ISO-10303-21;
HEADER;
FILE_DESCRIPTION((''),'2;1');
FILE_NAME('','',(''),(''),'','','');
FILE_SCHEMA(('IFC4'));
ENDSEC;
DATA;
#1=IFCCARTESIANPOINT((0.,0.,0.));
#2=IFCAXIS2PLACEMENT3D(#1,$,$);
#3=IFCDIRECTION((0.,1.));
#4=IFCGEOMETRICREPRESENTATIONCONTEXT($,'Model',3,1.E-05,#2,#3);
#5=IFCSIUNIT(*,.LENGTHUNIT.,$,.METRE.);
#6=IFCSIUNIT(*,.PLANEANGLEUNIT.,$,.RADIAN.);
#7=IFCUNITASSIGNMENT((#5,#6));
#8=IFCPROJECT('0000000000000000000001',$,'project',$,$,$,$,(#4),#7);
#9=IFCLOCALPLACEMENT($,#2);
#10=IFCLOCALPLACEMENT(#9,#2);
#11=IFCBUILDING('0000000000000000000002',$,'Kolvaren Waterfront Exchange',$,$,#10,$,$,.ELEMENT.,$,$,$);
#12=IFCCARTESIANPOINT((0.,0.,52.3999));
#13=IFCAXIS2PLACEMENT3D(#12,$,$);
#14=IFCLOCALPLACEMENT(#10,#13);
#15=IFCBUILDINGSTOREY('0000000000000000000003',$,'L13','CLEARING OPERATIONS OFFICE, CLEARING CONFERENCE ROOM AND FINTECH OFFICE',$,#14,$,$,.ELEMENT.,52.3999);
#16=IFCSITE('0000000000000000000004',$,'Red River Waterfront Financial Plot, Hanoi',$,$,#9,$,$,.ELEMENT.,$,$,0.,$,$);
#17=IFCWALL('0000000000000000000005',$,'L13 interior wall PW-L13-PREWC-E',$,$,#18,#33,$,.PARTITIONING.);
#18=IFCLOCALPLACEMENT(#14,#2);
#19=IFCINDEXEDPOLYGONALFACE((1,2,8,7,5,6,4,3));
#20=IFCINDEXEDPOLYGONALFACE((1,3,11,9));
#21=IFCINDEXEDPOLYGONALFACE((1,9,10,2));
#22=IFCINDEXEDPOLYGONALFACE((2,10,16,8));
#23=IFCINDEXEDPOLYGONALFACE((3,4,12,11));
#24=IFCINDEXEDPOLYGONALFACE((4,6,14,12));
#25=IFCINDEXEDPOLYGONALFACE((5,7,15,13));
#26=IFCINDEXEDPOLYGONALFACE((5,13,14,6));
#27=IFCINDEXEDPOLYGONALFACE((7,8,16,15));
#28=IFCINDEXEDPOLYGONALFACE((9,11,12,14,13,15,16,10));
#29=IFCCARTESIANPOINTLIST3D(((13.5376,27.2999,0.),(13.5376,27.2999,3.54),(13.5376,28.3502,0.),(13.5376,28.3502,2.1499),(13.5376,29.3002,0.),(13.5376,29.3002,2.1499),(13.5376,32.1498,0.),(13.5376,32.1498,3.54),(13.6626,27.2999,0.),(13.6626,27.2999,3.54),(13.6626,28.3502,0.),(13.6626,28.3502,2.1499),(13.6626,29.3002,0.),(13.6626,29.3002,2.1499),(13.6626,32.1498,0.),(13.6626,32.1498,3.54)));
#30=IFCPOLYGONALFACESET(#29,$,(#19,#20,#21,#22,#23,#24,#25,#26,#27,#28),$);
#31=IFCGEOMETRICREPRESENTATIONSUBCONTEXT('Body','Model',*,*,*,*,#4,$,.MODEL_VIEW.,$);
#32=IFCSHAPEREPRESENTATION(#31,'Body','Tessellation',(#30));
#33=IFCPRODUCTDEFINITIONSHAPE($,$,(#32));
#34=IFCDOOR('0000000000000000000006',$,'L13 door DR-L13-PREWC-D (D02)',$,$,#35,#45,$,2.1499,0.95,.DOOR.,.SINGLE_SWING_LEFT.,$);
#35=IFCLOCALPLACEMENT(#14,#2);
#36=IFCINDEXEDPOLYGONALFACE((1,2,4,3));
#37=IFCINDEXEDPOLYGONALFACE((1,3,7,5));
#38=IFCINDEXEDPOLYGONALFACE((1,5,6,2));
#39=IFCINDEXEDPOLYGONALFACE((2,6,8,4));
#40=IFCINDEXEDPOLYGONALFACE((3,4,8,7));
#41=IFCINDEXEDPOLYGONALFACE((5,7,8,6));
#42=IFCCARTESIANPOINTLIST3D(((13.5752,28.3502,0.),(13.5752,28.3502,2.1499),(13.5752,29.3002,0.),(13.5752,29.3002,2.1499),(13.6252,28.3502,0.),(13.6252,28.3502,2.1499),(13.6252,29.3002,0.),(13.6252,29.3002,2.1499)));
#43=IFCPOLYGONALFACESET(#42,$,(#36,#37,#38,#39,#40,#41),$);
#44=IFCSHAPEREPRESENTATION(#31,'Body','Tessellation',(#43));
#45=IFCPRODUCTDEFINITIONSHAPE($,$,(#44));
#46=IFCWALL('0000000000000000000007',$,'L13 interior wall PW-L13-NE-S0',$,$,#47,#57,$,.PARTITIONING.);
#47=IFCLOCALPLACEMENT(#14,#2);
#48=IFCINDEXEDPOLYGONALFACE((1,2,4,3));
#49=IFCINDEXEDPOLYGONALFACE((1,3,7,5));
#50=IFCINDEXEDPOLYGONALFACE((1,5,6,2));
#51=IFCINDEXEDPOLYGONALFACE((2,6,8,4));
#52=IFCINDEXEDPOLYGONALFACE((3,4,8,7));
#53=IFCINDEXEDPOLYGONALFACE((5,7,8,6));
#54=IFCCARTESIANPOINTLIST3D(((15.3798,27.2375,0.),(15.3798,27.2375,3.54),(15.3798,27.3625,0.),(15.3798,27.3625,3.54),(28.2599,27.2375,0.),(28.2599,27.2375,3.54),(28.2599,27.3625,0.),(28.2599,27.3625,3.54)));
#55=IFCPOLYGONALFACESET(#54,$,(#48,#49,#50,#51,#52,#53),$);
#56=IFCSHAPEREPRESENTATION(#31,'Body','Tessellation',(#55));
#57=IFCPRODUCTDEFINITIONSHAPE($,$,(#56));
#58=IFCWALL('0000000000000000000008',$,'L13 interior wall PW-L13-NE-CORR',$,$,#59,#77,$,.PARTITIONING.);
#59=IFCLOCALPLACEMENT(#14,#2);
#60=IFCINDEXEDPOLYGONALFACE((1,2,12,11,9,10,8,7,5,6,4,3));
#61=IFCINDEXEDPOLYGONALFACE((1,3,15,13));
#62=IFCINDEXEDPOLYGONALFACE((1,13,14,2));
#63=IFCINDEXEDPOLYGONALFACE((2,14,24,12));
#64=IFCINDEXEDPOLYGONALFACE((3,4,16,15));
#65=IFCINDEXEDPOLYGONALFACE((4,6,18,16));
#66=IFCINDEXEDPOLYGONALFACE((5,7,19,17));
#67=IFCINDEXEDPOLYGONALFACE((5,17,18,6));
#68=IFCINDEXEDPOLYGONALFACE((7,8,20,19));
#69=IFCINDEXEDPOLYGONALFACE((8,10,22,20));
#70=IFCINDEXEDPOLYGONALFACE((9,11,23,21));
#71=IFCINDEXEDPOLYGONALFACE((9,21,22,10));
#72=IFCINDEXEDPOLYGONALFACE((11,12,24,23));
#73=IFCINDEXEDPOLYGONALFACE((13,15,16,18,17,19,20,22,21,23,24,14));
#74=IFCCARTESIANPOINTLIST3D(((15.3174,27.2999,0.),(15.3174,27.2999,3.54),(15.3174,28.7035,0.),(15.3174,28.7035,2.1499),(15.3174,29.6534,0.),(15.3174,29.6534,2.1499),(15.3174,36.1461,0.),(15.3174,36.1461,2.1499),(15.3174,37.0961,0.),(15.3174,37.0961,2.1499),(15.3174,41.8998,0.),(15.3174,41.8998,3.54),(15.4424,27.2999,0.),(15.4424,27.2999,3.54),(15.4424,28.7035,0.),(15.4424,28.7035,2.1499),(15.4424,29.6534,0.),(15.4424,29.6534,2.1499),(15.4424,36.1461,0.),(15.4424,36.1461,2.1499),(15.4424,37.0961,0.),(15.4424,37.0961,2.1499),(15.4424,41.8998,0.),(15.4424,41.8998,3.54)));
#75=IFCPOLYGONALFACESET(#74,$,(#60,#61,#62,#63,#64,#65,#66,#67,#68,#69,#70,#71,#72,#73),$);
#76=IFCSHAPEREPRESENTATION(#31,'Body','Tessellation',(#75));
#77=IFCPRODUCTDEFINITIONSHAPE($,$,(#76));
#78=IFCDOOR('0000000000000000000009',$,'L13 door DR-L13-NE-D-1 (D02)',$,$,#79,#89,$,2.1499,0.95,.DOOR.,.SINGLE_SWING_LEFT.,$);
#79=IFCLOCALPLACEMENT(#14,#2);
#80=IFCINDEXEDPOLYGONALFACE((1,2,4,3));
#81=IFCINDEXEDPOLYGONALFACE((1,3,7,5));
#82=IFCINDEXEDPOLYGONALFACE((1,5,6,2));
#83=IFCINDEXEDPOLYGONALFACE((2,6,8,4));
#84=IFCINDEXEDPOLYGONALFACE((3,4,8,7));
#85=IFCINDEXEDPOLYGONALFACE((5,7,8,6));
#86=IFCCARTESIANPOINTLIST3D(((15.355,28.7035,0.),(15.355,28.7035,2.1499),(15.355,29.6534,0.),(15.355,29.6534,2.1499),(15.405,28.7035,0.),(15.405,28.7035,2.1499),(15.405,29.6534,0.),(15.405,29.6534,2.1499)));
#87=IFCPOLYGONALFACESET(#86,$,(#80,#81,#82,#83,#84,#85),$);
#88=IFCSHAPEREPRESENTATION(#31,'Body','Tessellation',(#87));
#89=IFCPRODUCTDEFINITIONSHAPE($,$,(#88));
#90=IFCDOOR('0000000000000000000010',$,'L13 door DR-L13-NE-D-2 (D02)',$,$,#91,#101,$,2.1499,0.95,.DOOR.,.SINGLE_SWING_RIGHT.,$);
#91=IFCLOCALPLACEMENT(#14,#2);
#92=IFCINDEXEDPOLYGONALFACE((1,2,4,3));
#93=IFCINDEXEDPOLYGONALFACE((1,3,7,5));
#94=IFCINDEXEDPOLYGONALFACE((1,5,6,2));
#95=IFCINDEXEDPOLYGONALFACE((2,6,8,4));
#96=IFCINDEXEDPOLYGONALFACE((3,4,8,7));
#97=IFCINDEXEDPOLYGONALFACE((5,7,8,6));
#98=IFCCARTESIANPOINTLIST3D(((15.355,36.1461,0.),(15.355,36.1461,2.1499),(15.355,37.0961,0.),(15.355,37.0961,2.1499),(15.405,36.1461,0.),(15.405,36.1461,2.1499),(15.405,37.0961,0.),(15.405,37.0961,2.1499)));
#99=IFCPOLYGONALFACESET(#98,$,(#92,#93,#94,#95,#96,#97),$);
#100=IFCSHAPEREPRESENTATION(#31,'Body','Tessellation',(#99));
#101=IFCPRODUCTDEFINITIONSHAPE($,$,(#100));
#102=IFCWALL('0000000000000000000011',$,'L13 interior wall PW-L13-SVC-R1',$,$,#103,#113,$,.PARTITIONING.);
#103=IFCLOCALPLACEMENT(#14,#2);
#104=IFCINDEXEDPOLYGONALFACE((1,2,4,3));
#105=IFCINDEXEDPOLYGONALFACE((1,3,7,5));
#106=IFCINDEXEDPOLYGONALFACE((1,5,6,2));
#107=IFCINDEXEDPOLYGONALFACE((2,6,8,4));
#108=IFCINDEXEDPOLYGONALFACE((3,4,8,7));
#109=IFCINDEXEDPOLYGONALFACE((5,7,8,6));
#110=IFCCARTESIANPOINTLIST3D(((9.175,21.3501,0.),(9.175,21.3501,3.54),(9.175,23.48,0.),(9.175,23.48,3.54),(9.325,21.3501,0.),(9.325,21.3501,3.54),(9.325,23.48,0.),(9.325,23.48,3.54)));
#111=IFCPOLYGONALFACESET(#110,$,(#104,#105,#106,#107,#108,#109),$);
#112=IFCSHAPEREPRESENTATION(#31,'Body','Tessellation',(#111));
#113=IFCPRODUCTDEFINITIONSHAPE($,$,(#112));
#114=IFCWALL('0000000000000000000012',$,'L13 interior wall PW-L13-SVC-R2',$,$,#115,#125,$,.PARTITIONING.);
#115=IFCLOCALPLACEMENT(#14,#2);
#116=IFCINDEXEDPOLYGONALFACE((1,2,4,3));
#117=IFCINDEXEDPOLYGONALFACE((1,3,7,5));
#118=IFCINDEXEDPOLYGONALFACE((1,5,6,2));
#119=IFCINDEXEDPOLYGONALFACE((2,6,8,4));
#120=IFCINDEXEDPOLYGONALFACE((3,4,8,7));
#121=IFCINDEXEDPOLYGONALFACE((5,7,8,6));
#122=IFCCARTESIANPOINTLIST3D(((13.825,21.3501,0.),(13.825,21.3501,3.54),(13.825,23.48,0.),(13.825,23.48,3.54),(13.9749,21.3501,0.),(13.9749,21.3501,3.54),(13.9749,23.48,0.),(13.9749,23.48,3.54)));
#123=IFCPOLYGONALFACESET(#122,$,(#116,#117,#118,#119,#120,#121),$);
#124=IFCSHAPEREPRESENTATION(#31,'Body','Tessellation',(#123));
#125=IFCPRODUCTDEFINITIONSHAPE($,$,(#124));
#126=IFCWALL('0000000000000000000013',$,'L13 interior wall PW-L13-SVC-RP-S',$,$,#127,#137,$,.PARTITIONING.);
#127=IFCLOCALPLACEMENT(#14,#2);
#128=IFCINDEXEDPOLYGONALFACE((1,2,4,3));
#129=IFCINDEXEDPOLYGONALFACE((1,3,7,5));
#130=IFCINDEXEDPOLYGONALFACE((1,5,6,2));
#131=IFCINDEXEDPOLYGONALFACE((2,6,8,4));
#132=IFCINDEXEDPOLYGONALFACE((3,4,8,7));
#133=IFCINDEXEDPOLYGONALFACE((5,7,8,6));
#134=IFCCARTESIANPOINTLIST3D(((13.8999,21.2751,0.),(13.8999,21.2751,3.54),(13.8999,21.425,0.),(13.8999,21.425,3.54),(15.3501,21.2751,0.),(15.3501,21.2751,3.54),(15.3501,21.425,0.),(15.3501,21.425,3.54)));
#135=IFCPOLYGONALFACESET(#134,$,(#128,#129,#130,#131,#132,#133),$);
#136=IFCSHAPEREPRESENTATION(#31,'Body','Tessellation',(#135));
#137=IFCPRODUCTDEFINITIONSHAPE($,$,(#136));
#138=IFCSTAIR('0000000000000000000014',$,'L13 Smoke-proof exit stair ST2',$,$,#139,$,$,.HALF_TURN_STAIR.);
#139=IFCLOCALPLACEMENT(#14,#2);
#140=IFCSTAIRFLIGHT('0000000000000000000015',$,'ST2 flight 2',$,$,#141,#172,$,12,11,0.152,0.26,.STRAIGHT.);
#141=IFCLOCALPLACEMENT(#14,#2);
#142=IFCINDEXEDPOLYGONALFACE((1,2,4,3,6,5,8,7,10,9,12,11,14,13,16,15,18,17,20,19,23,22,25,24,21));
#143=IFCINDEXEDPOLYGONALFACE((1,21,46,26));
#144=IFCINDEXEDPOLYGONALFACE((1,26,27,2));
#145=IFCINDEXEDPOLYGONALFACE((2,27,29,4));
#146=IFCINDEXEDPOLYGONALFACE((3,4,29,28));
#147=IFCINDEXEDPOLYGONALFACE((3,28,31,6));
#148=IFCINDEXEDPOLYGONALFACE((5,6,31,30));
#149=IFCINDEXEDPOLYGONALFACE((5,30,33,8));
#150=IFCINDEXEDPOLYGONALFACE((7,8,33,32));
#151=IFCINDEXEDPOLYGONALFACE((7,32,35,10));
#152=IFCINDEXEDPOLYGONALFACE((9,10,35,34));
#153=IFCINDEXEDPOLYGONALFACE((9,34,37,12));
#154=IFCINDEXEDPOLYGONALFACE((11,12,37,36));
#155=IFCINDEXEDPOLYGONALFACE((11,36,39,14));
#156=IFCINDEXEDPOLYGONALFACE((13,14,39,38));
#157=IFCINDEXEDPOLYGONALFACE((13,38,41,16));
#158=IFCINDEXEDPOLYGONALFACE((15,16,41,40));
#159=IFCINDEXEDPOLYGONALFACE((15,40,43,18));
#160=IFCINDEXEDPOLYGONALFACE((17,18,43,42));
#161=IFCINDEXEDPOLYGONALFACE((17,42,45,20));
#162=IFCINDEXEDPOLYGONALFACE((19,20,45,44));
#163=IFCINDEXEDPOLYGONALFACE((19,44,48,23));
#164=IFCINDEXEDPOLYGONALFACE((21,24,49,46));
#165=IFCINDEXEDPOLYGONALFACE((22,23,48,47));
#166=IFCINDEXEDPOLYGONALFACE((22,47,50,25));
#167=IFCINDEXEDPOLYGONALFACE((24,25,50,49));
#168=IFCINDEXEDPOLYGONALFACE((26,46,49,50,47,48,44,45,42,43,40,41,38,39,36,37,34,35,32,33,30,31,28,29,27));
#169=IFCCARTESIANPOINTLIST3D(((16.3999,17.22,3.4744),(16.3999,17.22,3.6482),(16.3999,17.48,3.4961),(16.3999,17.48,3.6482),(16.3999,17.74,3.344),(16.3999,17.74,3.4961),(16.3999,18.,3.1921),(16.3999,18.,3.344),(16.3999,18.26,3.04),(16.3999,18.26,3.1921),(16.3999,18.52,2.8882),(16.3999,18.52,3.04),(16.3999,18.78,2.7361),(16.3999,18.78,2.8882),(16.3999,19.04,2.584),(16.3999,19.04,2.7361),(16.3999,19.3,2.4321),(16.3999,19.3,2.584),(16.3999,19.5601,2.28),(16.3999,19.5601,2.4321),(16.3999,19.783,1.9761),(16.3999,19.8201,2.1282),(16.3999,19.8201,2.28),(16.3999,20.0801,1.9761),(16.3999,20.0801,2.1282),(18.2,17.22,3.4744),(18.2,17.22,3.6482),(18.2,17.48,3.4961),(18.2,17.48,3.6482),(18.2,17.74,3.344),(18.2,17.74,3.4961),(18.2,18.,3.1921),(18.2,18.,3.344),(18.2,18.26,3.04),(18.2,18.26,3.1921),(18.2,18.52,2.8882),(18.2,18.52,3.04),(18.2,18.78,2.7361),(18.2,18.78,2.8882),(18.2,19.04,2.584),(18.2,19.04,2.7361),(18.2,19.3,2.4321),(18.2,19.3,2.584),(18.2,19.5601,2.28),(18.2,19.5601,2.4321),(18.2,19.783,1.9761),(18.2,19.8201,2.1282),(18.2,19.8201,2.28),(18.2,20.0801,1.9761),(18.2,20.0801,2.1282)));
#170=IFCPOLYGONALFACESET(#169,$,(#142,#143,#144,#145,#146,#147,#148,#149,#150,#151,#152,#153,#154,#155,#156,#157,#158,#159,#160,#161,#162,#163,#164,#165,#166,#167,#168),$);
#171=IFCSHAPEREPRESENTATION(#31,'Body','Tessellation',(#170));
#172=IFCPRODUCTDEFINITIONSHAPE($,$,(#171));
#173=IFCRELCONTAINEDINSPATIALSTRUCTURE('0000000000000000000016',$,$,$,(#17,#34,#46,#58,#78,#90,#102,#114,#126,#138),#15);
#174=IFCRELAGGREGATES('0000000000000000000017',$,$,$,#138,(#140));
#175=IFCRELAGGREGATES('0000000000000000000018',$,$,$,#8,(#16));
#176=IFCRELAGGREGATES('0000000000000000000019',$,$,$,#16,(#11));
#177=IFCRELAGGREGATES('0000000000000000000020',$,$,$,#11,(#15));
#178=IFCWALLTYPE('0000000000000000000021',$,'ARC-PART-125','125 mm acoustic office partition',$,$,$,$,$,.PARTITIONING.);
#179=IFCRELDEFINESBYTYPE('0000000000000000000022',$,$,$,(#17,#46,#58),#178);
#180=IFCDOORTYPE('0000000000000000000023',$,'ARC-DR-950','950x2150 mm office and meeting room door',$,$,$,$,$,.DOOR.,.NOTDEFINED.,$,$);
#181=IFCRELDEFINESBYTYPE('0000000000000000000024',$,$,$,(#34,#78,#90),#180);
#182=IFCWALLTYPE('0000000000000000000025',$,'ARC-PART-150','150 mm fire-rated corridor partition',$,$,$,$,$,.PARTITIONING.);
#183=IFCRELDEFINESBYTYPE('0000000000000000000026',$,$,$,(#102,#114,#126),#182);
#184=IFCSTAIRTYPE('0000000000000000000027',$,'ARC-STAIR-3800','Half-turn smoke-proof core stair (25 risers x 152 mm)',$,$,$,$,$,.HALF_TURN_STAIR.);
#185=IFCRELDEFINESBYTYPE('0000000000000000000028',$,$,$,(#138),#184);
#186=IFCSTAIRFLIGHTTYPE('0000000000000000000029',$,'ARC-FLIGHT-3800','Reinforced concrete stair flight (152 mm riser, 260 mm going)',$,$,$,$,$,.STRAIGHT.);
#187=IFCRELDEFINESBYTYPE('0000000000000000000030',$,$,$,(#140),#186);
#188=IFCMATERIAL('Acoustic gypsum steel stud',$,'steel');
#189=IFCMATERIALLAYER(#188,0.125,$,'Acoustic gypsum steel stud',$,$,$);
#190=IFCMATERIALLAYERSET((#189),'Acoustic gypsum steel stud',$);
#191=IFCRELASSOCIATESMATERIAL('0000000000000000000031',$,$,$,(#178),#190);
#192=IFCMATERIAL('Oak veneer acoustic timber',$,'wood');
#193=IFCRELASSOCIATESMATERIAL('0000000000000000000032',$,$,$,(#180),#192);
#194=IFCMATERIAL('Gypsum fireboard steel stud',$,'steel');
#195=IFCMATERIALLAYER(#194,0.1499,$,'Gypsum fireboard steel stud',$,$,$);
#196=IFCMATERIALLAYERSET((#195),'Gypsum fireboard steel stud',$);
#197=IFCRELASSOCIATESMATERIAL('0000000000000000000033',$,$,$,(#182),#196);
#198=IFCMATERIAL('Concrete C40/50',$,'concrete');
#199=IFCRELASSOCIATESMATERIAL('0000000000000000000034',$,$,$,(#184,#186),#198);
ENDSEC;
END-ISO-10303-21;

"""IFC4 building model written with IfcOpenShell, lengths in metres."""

from ifc_helpers import new_model, si_unit, direction, frame, frame_2d, origin, place, context, subcontext, project, spatial, polyline, rectangle, outline, extrude, material, layer, layer_set, type_object, element, fill, aggregate, save


model = new_model("IFC4")

# Units and contexts
model_context = context("Model", 3, precision=1e-05, world=origin(), true_north=direction((0.0, 1.0)))
body_context = subcontext(model_context, "Body", "Model", "MODEL_VIEW")
ifc_project = project(units=[si_unit("LENGTHUNIT", "METRE"), si_unit("PLANEANGLEUNIT", "RADIAN")], contexts=[model_context])

# Site, building, storey
site_placement = place(None, origin())
site = spatial("IfcSite", under=ifc_project, at=site_placement, Name="Red River Waterfront Financial Plot, Hanoi", CompositionType="ELEMENT", RefElevation=0.0)
building_placement = place(site_placement, origin())
building = spatial("IfcBuilding", under=site, at=building_placement, Name="Kolvaren Waterfront Exchange", CompositionType="ELEMENT")
storey_placement = place(building_placement, frame((0.0, 0.0, 52.3999)))
storey = spatial("IfcBuildingStorey", under=building, at=storey_placement, Name="L13", Description="CLEARING OPERATIONS OFFICE, CLEARING CONFERENCE ROOM AND FINTECH OFFICE", CompositionType="ELEMENT", Elevation=52.3999)

# Wall, opening, door
ifc_material_1 = material(Name="Acoustic gypsum steel stud", Category="steel")
ifc_layer_1 = layer(ifc_material_1, 0.125, Name="Acoustic gypsum steel stud")
ifc_layer_set_1 = layer_set([ifc_layer_1], Name="Acoustic gypsum steel stud")
wall_type_1 = type_object("IfcWallType", Name="ARC-PART-125", Description="125 mm acoustic office partition", PredefinedType="PARTITIONING", material=ifc_layer_set_1)
ifc_material_2 = material(Name="Oak veneer acoustic timber", Category="wood")
door_type_1 = type_object("IfcDoorType", Name="ARC-DR-950", Description="950x2150 mm office and meeting room door", OperationType="NOTDEFINED", PredefinedType="DOOR", material=ifc_material_2)
wall_1_placement = place(storey_placement, frame((13.6001, 27.3, 0.0), z_axis=(0.0, 0.0, 1.0), x_axis=(0.0, 1.0, 0.0)))
wall_1 = element("IfcWall", 1, at=wall_1_placement, inside=storey, type_object=wall_type_1, Name="L13 interior wall PW-L13-PREWC-E", PredefinedType="PARTITIONING", context=body_context, shape_type="SweptSolid", body=[
    extrude(rectangle(XDim=4.8499, YDim=0.125, at=frame_2d((2.4248, 0.0))), origin(), (0.0, 0.0, 1.0), 3.54),
])
opening_1_placement = place(wall_1_placement, frame((1.05, 0.0, 0.0)))
opening_1 = element("IfcOpeningElement", 2, at=opening_1_placement, cuts=wall_1, PredefinedType="OPENING", context=body_context, shape_type="SweptSolid", body=[
    extrude(rectangle(XDim=0.95, YDim=2.1499, at=frame_2d((0.4751, 1.075))), frame((0.0, 0.0725, 0.0), z_axis=(0.0, -1.0, 0.0), x_axis=(1.0, 0.0, 0.0)), (0.0, 0.0, 1.0), 0.145),
])
door_1_placement = place(opening_1_placement, origin())
door_1 = element("IfcDoor", 3, at=door_1_placement, inside=storey, type_object=door_type_1, Name="L13 door DR-L13-PREWC-D (D02)", OperationType="SINGLE_SWING_LEFT", OverallHeight=2.1499, OverallWidth=0.95, PredefinedType="DOOR", context=body_context, shape_type="SweptSolid", body=[
    extrude(rectangle(XDim=0.95, YDim=2.1499, at=frame_2d((0.4751, 1.075))), frame((0.0, 0.0249, 0.0), z_axis=(0.0, -1.0, 0.0), x_axis=(1.0, 0.0, 0.0)), (0.0, 0.0, 1.0), 0.05),
])
fill(opening_1, door_1)

# Wall
wall_2_placement = place(storey_placement, frame((15.3799, 27.3, 0.0), z_axis=(0.0, 0.0, 1.0), x_axis=(1.0, 0.0, 0.0)))
element("IfcWall", 4, at=wall_2_placement, inside=storey, type_object=wall_type_1, Name="L13 interior wall PW-L13-NE-S0", PredefinedType="PARTITIONING", context=body_context, shape_type="SweptSolid", body=[
    extrude(rectangle(XDim=12.8801, YDim=0.125, at=frame_2d((6.4399, 0.0))), origin(), (0.0, 0.0, 1.0), 3.54),
])

# Wall, openings, doors
wall_3_placement = place(storey_placement, frame((15.3799, 27.3, 0.0), z_axis=(0.0, 0.0, 1.0), x_axis=(0.0, 1.0, 0.0)))
wall_3 = element("IfcWall", 5, at=wall_3_placement, inside=storey, type_object=wall_type_1, Name="L13 interior wall PW-L13-NE-CORR", PredefinedType="PARTITIONING", context=body_context, shape_type="SweptSolid", body=[
    extrude(rectangle(XDim=14.5999, YDim=0.125, at=frame_2d((7.2998, 0.0))), origin(), (0.0, 0.0, 1.0), 3.54),
])
opening_2_placement = place(wall_3_placement, frame((1.4033, 0.0, 0.0)))
opening_2 = element("IfcOpeningElement", 6, at=opening_2_placement, cuts=wall_3, PredefinedType="OPENING", context=body_context, shape_type="SweptSolid", body=[
    extrude(rectangle(XDim=0.95, YDim=2.1499, at=frame_2d((0.4751, 1.075))), frame((0.0, 0.0725, 0.0), z_axis=(0.0, -1.0, 0.0), x_axis=(1.0, 0.0, 0.0)), (0.0, 0.0, 1.0), 0.145),
])
opening_3_placement = place(wall_3_placement, frame((8.8459, 0.0, 0.0)))
opening_3 = element("IfcOpeningElement", 7, at=opening_3_placement, cuts=wall_3, PredefinedType="OPENING", context=body_context, shape_type="SweptSolid", body=[
    extrude(rectangle(XDim=0.95, YDim=2.1499, at=frame_2d((0.4751, 1.075))), frame((0.0, 0.0725, 0.0), z_axis=(0.0, -1.0, 0.0), x_axis=(1.0, 0.0, 0.0)), (0.0, 0.0, 1.0), 0.145),
])
door_2_placement = place(opening_2_placement, origin())
door_2 = element("IfcDoor", 8, at=door_2_placement, inside=storey, type_object=door_type_1, Name="L13 door DR-L13-NE-D-1 (D02)", OperationType="SINGLE_SWING_LEFT", OverallHeight=2.1499, OverallWidth=0.95, PredefinedType="DOOR", context=body_context, shape_type="SweptSolid", body=[
    extrude(rectangle(XDim=0.95, YDim=2.1499, at=frame_2d((0.4751, 1.075))), frame((0.0, 0.0249, 0.0), z_axis=(0.0, -1.0, 0.0), x_axis=(1.0, 0.0, 0.0)), (0.0, 0.0, 1.0), 0.05),
])
fill(opening_2, door_2)
door_3_placement = place(opening_3_placement, origin())
door_3 = element("IfcDoor", 9, at=door_3_placement, inside=storey, type_object=door_type_1, Name="L13 door DR-L13-NE-D-2 (D02)", OperationType="SINGLE_SWING_RIGHT", OverallHeight=2.1499, OverallWidth=0.95, PredefinedType="DOOR", context=body_context, shape_type="SweptSolid", body=[
    extrude(rectangle(XDim=0.95, YDim=2.1499, at=frame_2d((0.4751, 1.075))), frame((0.0, 0.0249, 0.0), z_axis=(0.0, -1.0, 0.0), x_axis=(1.0, 0.0, 0.0)), (0.0, 0.0, 1.0), 0.05),
])
fill(opening_3, door_3)

# Walls
ifc_material_3 = material(Name="Gypsum fireboard steel stud", Category="steel")
ifc_layer_2 = layer(ifc_material_3, 0.1499, Name="Gypsum fireboard steel stud")
ifc_layer_set_2 = layer_set([ifc_layer_2], Name="Gypsum fireboard steel stud")
wall_type_2 = type_object("IfcWallType", Name="ARC-PART-150", Description="150 mm fire-rated corridor partition", PredefinedType="PARTITIONING", material=ifc_layer_set_2)
for number, where, z_axis, x_axis, name in (
    (10, (9.25, 21.3501, 0.0), (0.0, 0.0, 1.0), (0.0, 1.0, 0.0), "L13 interior wall PW-L13-SVC-R1"),
    (11, (13.8999, 21.3501, 0.0), (0.0, 0.0, 1.0), (0.0, 1.0, 0.0), "L13 interior wall PW-L13-SVC-R2"),
):
    element("IfcWall", number, at=place(storey_placement, frame(where, z_axis=z_axis, x_axis=x_axis)), inside=storey, type_object=wall_type_2, Name=name, PredefinedType="PARTITIONING", context=body_context, shape_type="SweptSolid", body=[
        extrude(rectangle(XDim=2.1299, YDim=0.1499, at=frame_2d((1.0649, 0.0))), origin(), (0.0, 0.0, 1.0), 3.54),
    ])

# Wall
wall_4_placement = place(storey_placement, frame((13.8999, 21.3501, 0.0), z_axis=(0.0, 0.0, 1.0), x_axis=(1.0, 0.0, 0.0)))
element("IfcWall", 12, at=wall_4_placement, inside=storey, type_object=wall_type_2, Name="L13 interior wall PW-L13-SVC-RP-S", PredefinedType="PARTITIONING", context=body_context, shape_type="SweptSolid", body=[
    extrude(rectangle(XDim=1.4502, YDim=0.1499, at=frame_2d((0.7251, 0.0))), origin(), (0.0, 0.0, 1.0), 3.54),
])

# Stair, stair flight
ifc_material_4 = material(Name="Concrete C40/50", Category="concrete")
stair_type = type_object("IfcStairType", Name="ARC-STAIR-3800", Description="Half-turn smoke-proof core stair (25 risers x 152 mm)", PredefinedType="HALF_TURN_STAIR", material=ifc_material_4)
stair_placement = place(storey_placement, origin())
stair = element("IfcStair", 13, at=stair_placement, inside=storey, type_object=stair_type, Name="L13 Smoke-proof exit stair ST2", PredefinedType="HALF_TURN_STAIR")
stair_flight_type = type_object("IfcStairFlightType", Name="ARC-FLIGHT-3800", Description="Reinforced concrete stair flight (152 mm riser, 260 mm going)", PredefinedType="STRAIGHT", material=ifc_material_4)
stair_flight_placement = place(storey_placement, frame((17.3, 20.0801, 1.9761), z_axis=(0.0, 0.0, 1.0), x_axis=(0.0, -1.0, 0.0)))
stair_flight = element("IfcStairFlight", 14, at=stair_flight_placement, type_object=stair_flight_type, Name="ST2 flight 2", NumberOfRisers=12, NumberOfTreads=11, PredefinedType="STRAIGHT", RiserHeight=0.152, TreadLength=0.26, context=body_context, shape_type="SweptSolid", body=[
    extrude(outline(polyline([(0.0, 0.0), (0.0, 0.1521), (0.26, 0.1521), (0.26, 0.304), (0.52, 0.304), (0.52, 0.4561), (0.78, 0.4561), (0.78, 0.6079), (1.04, 0.6079), (1.04, 0.76), (1.3, 0.76), (1.3, 0.9121), (1.5601, 0.9121), (1.5601, 1.064), (1.8201, 1.064), (1.8201, 1.2161), (2.0801, 1.2161), (2.0801, 1.3679), (2.3401, 1.3679), (2.3401, 1.52), (2.6001, 1.52), (2.6001, 1.6721), (2.8601, 1.6721), (2.8601, 1.824), (2.8601, 1.4983), (0.2971, 0.0), (0.0, 0.0)])), frame((0.0, 0.8999, 0.0), z_axis=(0.0, -1.0, 0.0), x_axis=(1.0, 0.0, 0.0)), (0.0, 0.0, 1.0), 1.8),
])
aggregate(stair, [stair_flight])

save(model, "model.ifc")
